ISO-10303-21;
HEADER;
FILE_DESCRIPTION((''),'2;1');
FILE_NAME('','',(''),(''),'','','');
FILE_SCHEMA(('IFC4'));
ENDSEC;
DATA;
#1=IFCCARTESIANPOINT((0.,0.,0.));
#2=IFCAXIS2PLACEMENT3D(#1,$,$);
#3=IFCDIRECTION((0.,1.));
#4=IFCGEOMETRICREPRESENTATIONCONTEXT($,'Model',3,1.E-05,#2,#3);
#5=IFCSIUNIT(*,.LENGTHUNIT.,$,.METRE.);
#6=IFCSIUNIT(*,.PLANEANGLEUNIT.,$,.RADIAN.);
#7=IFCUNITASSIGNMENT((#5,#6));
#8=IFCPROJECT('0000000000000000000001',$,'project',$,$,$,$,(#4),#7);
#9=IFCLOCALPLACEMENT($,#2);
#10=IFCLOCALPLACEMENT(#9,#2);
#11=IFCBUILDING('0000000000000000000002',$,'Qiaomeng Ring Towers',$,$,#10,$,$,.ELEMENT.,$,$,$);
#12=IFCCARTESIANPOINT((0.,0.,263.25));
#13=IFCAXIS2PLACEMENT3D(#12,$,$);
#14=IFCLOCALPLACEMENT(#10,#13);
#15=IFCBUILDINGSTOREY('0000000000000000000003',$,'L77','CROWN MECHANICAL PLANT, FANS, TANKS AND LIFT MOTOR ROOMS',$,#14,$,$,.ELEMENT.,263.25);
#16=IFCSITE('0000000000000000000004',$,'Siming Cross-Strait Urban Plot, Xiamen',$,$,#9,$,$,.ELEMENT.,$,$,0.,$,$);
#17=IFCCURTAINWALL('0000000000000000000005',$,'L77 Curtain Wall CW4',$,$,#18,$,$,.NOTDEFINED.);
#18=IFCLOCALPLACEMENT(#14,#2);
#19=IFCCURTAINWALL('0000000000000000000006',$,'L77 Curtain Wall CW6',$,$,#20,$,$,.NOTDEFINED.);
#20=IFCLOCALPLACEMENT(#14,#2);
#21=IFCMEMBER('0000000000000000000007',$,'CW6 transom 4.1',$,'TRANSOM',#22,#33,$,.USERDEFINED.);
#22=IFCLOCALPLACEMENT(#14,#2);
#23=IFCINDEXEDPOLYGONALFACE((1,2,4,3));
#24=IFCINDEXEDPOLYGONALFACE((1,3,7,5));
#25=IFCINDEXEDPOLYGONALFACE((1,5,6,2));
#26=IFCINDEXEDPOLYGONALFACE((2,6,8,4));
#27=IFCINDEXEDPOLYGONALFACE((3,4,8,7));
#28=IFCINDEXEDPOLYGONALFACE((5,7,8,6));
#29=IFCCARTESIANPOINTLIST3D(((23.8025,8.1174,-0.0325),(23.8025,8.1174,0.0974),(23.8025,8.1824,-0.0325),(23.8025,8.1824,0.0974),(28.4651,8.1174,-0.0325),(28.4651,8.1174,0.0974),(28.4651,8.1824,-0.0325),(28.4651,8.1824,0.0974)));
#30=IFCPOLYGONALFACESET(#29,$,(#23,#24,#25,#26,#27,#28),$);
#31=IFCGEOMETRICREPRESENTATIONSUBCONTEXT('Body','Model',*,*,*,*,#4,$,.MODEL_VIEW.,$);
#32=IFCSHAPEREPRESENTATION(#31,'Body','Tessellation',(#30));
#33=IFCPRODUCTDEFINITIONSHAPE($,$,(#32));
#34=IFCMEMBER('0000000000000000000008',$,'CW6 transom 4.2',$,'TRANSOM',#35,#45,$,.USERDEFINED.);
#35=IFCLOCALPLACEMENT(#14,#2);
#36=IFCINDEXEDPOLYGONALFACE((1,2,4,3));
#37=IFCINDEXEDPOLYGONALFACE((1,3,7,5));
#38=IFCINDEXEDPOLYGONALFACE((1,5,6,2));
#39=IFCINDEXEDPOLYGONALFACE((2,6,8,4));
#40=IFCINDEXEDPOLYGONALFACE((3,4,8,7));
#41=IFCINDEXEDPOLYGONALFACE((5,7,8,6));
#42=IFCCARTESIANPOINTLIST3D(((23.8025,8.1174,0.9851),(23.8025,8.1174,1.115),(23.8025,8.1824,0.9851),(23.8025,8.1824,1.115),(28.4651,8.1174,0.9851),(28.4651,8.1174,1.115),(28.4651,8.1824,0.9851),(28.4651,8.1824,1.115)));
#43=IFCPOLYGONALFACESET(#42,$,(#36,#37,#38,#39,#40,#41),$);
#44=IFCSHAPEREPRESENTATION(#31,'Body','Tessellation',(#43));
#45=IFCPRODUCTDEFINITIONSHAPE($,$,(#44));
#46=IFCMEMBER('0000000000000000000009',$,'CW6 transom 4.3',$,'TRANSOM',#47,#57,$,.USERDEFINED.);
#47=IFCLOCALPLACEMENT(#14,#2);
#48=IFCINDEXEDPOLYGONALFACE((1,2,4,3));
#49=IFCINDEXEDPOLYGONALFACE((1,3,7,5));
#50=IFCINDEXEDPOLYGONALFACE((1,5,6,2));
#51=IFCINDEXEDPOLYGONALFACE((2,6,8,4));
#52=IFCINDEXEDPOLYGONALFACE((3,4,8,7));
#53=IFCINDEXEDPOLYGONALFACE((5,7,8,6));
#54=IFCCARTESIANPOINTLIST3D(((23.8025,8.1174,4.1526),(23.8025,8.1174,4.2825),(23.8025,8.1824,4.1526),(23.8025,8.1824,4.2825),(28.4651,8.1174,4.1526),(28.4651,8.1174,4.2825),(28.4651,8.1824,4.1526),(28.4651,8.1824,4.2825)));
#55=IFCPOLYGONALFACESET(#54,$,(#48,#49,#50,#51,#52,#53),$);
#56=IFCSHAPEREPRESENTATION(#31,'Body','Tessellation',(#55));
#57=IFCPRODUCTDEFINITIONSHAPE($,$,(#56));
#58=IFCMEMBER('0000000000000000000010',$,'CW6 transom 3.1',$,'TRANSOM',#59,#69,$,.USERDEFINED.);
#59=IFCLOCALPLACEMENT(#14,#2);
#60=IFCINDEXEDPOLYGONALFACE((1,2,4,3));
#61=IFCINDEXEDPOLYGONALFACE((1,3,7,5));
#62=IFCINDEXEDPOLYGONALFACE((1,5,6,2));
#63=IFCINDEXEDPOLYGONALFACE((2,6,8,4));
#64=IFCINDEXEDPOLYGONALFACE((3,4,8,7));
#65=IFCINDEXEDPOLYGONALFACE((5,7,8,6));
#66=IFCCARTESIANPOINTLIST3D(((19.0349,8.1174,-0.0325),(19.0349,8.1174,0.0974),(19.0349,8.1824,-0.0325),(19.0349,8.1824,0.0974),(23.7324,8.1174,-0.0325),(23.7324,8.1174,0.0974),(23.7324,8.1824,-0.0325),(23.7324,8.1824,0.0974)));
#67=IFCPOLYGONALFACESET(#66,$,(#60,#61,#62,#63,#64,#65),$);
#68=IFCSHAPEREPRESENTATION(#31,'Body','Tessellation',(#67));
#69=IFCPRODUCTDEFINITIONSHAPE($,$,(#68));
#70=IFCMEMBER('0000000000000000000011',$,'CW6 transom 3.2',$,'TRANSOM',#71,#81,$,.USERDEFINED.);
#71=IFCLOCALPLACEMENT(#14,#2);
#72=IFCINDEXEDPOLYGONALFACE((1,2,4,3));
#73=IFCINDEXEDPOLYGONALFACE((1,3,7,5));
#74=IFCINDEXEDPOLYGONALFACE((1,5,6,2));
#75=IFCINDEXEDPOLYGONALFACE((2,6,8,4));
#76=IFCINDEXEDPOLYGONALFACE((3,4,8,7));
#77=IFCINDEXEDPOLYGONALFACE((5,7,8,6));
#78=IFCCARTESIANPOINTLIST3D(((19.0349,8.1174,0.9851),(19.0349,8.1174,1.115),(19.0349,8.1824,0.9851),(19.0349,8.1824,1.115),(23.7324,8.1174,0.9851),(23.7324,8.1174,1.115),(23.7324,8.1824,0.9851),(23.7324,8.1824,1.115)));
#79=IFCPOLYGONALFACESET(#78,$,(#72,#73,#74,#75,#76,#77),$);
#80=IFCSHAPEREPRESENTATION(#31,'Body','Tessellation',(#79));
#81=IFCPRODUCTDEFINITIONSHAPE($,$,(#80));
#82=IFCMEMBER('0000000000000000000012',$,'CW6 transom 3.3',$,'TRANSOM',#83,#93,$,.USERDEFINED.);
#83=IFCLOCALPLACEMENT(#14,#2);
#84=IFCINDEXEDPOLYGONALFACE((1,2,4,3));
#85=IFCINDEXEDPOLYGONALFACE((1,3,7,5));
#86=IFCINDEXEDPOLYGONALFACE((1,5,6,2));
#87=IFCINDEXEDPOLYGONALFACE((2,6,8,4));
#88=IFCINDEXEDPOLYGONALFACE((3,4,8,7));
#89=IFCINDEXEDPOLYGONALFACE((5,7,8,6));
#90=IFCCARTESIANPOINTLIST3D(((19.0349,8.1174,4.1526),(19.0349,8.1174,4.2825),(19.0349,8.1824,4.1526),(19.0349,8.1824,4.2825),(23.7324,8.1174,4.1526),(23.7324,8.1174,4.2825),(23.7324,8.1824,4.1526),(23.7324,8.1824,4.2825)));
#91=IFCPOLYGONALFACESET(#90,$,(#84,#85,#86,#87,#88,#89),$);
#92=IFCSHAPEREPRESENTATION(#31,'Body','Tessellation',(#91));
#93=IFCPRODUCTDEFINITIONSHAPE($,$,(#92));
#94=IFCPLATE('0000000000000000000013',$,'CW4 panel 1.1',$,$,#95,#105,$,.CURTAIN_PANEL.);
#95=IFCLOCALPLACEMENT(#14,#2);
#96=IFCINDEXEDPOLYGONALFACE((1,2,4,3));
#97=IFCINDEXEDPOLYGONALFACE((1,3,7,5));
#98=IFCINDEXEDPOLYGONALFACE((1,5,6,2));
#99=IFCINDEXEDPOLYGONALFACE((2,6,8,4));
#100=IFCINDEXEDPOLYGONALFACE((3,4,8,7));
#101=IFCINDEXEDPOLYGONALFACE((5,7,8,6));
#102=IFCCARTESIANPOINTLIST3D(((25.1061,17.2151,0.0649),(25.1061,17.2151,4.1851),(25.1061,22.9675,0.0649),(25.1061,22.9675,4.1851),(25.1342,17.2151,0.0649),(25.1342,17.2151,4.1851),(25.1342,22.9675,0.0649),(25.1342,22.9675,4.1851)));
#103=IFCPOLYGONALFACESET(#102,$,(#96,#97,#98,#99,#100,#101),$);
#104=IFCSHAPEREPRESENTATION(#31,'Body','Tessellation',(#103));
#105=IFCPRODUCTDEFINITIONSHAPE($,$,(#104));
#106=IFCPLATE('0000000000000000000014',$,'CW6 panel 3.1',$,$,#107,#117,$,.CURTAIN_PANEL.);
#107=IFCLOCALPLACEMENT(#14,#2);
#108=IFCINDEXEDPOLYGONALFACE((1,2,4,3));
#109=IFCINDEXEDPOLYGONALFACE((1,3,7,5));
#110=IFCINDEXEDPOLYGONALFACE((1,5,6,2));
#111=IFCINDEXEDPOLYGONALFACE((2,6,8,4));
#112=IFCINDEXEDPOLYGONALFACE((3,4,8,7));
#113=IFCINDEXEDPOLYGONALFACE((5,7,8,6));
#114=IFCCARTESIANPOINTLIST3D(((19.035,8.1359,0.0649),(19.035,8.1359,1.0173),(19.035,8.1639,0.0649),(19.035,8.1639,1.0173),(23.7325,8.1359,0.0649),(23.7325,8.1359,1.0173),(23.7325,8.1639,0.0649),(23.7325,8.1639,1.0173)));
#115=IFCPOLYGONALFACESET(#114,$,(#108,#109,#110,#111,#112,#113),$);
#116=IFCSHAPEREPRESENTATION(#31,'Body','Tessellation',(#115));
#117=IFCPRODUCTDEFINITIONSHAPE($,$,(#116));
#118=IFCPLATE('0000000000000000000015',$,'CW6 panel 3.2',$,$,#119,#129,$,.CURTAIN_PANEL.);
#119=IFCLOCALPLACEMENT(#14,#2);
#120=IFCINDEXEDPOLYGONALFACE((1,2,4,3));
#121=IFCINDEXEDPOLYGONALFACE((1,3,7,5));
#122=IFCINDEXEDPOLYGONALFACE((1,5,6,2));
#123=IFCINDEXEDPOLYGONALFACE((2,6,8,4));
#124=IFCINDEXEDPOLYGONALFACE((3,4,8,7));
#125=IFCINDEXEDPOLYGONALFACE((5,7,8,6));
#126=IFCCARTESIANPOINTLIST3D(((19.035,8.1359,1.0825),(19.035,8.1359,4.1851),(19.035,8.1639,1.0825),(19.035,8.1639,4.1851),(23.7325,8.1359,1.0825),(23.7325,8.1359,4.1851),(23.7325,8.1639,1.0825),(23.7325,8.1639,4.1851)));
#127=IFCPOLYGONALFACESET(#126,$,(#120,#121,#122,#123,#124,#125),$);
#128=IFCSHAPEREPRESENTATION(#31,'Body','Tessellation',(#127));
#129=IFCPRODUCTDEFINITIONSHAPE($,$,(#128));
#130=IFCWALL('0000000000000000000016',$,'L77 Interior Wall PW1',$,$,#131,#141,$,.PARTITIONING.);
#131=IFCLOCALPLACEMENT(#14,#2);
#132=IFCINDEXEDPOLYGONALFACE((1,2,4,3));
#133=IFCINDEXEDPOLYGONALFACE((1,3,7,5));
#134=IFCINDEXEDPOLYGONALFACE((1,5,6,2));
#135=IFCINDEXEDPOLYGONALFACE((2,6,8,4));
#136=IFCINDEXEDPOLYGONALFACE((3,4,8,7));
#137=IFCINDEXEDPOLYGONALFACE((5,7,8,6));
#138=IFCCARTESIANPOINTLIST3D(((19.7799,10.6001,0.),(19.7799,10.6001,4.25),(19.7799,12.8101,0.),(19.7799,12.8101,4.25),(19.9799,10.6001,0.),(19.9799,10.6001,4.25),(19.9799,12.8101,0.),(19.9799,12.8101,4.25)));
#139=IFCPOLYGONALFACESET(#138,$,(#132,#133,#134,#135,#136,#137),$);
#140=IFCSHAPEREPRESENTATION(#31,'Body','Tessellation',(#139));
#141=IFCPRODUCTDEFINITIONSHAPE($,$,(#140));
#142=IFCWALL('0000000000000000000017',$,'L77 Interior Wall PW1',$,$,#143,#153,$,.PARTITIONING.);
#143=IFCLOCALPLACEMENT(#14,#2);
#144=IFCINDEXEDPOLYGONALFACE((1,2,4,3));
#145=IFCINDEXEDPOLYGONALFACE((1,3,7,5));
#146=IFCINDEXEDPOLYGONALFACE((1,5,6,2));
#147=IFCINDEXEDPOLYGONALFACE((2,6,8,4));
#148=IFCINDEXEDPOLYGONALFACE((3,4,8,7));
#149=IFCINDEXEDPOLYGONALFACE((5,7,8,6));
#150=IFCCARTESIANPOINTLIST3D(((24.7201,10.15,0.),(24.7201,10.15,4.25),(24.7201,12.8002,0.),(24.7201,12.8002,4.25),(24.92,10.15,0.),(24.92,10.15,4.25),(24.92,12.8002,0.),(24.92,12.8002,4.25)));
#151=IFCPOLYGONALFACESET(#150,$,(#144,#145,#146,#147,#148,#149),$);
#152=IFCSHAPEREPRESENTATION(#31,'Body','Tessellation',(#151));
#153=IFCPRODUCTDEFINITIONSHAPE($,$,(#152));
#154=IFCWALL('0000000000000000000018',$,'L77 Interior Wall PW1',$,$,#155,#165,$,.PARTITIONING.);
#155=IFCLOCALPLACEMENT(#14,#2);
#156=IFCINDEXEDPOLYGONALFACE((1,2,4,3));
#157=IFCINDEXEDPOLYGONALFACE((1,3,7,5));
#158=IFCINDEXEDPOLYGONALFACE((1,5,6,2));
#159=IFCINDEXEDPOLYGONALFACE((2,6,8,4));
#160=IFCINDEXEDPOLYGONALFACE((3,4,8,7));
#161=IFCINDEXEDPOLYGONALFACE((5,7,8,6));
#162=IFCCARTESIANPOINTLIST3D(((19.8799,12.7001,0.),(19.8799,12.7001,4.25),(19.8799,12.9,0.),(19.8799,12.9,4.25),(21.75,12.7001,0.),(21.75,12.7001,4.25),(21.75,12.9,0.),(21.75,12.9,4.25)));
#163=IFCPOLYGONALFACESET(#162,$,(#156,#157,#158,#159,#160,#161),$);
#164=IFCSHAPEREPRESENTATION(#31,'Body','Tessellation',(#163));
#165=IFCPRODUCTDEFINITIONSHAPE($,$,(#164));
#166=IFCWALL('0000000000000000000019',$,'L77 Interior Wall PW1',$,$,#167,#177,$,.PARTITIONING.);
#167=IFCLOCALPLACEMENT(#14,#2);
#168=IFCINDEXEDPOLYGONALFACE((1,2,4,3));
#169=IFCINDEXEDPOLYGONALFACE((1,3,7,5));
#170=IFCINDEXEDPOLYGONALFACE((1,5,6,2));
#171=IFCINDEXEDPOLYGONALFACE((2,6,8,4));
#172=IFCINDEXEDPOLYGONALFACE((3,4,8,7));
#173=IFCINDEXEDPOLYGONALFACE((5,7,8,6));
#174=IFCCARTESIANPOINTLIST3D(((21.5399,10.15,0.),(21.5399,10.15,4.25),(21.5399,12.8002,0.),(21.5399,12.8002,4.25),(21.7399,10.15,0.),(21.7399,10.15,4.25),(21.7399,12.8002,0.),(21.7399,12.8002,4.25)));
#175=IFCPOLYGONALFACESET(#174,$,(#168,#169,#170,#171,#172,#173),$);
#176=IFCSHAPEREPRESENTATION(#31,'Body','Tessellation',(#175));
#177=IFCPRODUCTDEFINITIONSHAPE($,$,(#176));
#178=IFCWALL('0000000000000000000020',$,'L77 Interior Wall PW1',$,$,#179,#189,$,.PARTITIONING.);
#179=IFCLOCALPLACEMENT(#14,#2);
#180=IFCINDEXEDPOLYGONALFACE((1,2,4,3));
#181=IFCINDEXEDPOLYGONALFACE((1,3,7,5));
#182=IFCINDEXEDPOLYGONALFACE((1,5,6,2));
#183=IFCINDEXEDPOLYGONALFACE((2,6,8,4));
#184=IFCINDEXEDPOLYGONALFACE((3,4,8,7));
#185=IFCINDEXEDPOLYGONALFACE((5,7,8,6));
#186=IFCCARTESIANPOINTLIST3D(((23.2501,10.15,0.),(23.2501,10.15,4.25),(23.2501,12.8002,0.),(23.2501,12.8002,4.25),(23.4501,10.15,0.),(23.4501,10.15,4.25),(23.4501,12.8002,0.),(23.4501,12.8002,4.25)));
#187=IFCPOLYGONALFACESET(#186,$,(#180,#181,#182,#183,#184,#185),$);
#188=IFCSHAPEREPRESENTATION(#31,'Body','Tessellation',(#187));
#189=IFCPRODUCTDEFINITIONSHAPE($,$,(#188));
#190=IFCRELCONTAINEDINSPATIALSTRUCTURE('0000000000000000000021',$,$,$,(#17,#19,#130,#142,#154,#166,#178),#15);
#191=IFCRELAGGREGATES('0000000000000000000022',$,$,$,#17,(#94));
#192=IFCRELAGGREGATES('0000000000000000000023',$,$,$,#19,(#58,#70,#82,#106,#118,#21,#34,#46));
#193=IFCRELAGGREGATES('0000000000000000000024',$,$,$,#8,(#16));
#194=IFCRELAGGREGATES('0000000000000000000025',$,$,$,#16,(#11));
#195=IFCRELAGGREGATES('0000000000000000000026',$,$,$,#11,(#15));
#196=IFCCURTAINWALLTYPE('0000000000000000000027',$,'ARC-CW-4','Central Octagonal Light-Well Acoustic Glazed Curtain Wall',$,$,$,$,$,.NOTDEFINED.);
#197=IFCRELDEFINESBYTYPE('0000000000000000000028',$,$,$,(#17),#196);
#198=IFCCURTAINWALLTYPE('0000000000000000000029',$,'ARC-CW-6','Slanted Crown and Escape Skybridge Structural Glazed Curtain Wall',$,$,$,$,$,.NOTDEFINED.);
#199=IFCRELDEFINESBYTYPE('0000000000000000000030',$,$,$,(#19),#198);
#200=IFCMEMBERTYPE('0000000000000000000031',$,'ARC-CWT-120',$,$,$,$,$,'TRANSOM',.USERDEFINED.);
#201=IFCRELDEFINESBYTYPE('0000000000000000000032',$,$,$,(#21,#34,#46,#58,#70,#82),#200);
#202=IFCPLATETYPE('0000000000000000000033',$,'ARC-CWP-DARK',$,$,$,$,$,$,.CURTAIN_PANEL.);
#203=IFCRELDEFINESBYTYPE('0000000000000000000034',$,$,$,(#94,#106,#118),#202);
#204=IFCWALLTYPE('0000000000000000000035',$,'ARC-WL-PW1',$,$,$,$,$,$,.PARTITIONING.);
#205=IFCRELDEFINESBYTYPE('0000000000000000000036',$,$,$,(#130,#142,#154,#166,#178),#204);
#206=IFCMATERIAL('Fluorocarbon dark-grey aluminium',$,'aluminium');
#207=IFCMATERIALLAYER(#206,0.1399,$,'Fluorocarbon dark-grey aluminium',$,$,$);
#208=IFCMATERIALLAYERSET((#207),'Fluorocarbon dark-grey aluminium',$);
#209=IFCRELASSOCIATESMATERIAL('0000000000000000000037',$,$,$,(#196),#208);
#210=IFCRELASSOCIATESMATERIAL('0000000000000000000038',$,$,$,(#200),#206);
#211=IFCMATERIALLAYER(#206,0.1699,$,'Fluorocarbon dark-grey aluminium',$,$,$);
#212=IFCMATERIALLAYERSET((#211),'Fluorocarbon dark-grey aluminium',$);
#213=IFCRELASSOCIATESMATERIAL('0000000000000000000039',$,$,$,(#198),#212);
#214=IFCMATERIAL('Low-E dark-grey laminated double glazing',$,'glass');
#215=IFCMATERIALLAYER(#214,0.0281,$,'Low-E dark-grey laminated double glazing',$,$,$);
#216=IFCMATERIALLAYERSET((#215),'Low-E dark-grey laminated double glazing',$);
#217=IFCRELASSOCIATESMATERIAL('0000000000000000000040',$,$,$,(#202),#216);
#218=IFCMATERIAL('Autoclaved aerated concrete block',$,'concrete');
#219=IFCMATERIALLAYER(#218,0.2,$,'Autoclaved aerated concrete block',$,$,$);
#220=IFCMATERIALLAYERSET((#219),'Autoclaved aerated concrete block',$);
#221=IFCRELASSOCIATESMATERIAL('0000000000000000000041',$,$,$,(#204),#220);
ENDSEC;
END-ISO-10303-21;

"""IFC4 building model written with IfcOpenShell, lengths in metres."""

from ifc_helpers import new_model, si_unit, direction, frame, frame_2d, origin, origin_2d, place, context, subcontext, project, spatial, rectangle, extrude, source, transform, mapped, material, layer, layer_set, material_profile, profile_set, type_object, element, aggregate, save


model = new_model("IFC4")

# Units and contexts
model_context = context("Model", 3, precision=1e-05, world=origin(), true_north=direction((0.0, 1.0)))
body_context = subcontext(model_context, "Body", "Model", "MODEL_VIEW")
ifc_project = project(units=[si_unit("LENGTHUNIT", "METRE"), si_unit("PLANEANGLEUNIT", "RADIAN")], contexts=[model_context])

# Site, building, storey
site_placement = place(None, origin())
site = spatial("IfcSite", under=ifc_project, at=site_placement, Name="Siming Cross-Strait Urban Plot, Xiamen", CompositionType="ELEMENT", RefElevation=0.0)
building_placement = place(site_placement, origin())
building = spatial("IfcBuilding", under=site, at=building_placement, Name="Qiaomeng Ring Towers", CompositionType="ELEMENT")
storey_placement = place(building_placement, frame((0.0, 0.0, 263.25)))
storey = spatial("IfcBuildingStorey", under=building, at=storey_placement, Name="L77", Description="CROWN MECHANICAL PLANT, FANS, TANKS AND LIFT MOTOR ROOMS", CompositionType="ELEMENT", Elevation=263.25)

# Curtain walls, members
ifc_material_1 = material(Name="Fluorocarbon dark-grey aluminium", Category="aluminium")
ifc_layer_1 = layer(ifc_material_1, 0.1399, Name="Fluorocarbon dark-grey aluminium")
ifc_layer_set_1 = layer_set([ifc_layer_1], Name="Fluorocarbon dark-grey aluminium")
curtain_wall_type_1 = type_object("IfcCurtainWallType", Name="ARC-CW-4", Description="Central Octagonal Light-Well Acoustic Glazed Curtain Wall", PredefinedType="NOTDEFINED", material=ifc_layer_set_1)
curtain_wall_1_placement = place(storey_placement, origin())
curtain_wall_1 = element("IfcCurtainWall", 1, at=curtain_wall_1_placement, inside=storey, type_object=curtain_wall_type_1, Name="L77 Curtain Wall CW4", PredefinedType="NOTDEFINED")
ifc_material_profile_1 = material_profile(ifc_material_1, rectangle(XDim=0.0649, YDim=0.1299, at=origin_2d()), Name="ALU TRAN 65x130")
ifc_profile_set_1 = profile_set([ifc_material_profile_1], Name="Fluorocarbon dark-grey aluminium")
member_type_1 = type_object("IfcMemberType", Name="ARC-CWT-120", ElementType="TRANSOM", PredefinedType="USERDEFINED", material=ifc_profile_set_1)
ifc_layer_2 = layer(ifc_material_1, 0.1699, Name="Fluorocarbon dark-grey aluminium")
ifc_layer_set_2 = layer_set([ifc_layer_2], Name="Fluorocarbon dark-grey aluminium")
curtain_wall_type_2 = type_object("IfcCurtainWallType", Name="ARC-CW-6", Description="Slanted Crown and Escape Skybridge Structural Glazed Curtain Wall", PredefinedType="NOTDEFINED", material=ifc_layer_set_2)
curtain_wall_2_placement = place(storey_placement, origin())
curtain_wall_2 = element("IfcCurtainWall", 2, at=curtain_wall_2_placement, inside=storey, type_object=curtain_wall_type_2, Name="L77 Curtain Wall CW6", PredefinedType="NOTDEFINED")
shared_shape_1 = source(origin(), body_context, "Body", "SweptSolid", [
    extrude(rectangle(XDim=0.0649, YDim=0.1299, at=origin_2d()), origin(), (0.0, 0.0, 1.0), 4.6626),
])
member_1_placement = place(storey_placement, frame((23.8025, 8.1499, 0.0325), z_axis=(1.0, 0.0, 0.0), x_axis=(0.0, 1.0, 0.0)))
member_1 = element("IfcMember", 3, at=member_1_placement, type_object=member_type_1, Name="CW6 transom 4.1", ObjectType="TRANSOM", PredefinedType="USERDEFINED", context=body_context, shape_type="MappedRepresentation", body=[
    mapped(shared_shape_1, transform((0.0, 0.0, 0.0), x_axis=(1.0, 0.0, 0.0), y_axis=(0.0, 1.0, 0.0), z_axis=(0.0, 0.0, 1.0), scale=1.0)),
])
member_2_placement = place(storey_placement, frame((23.8025, 8.1499, 1.05), z_axis=(1.0, 0.0, 0.0), x_axis=(0.0, 1.0, 0.0)))
member_2 = element("IfcMember", 4, at=member_2_placement, type_object=member_type_1, Name="CW6 transom 4.2", ObjectType="TRANSOM", PredefinedType="USERDEFINED", context=body_context, shape_type="MappedRepresentation", body=[
    mapped(shared_shape_1, transform((0.0, 0.0, 0.0), x_axis=(1.0, 0.0, 0.0), y_axis=(0.0, 1.0, 0.0), z_axis=(0.0, 0.0, 1.0), scale=1.0)),
])
member_3_placement = place(storey_placement, frame((23.8025, 8.1499, 4.2175), z_axis=(1.0, 0.0, 0.0), x_axis=(0.0, 1.0, 0.0)))
member_3 = element("IfcMember", 5, at=member_3_placement, type_object=member_type_1, Name="CW6 transom 4.3", ObjectType="TRANSOM", PredefinedType="USERDEFINED", context=body_context, shape_type="MappedRepresentation", body=[
    mapped(shared_shape_1, transform((0.0, 0.0, 0.0), x_axis=(1.0, 0.0, 0.0), y_axis=(0.0, 1.0, 0.0), z_axis=(0.0, 0.0, 1.0), scale=1.0)),
])
shared_shape_2 = source(origin(), body_context, "Body", "SweptSolid", [
    extrude(rectangle(XDim=0.0649, YDim=0.1299, at=origin_2d()), origin(), (0.0, 0.0, 1.0), 4.6975),
])
member_4_placement = place(storey_placement, frame((19.0349, 8.1499, 0.0325), z_axis=(1.0, 0.0, 0.0), x_axis=(0.0, 1.0, 0.0)))
member_4 = element("IfcMember", 6, at=member_4_placement, type_object=member_type_1, Name="CW6 transom 3.1", ObjectType="TRANSOM", PredefinedType="USERDEFINED", context=body_context, shape_type="MappedRepresentation", body=[
    mapped(shared_shape_2, transform((0.0, 0.0, 0.0), x_axis=(1.0, 0.0, 0.0), y_axis=(0.0, 1.0, 0.0), z_axis=(0.0, 0.0, 1.0), scale=1.0)),
])
member_5_placement = place(storey_placement, frame((19.0349, 8.1499, 1.05), z_axis=(1.0, 0.0, 0.0), x_axis=(0.0, 1.0, 0.0)))
member_5 = element("IfcMember", 7, at=member_5_placement, type_object=member_type_1, Name="CW6 transom 3.2", ObjectType="TRANSOM", PredefinedType="USERDEFINED", context=body_context, shape_type="MappedRepresentation", body=[
    mapped(shared_shape_2, transform((0.0, 0.0, 0.0), x_axis=(1.0, 0.0, 0.0), y_axis=(0.0, 1.0, 0.0), z_axis=(0.0, 0.0, 1.0), scale=1.0)),
])
member_6_placement = place(storey_placement, frame((19.0349, 8.1499, 4.2175), z_axis=(1.0, 0.0, 0.0), x_axis=(0.0, 1.0, 0.0)))
member_6 = element("IfcMember", 8, at=member_6_placement, type_object=member_type_1, Name="CW6 transom 3.3", ObjectType="TRANSOM", PredefinedType="USERDEFINED", context=body_context, shape_type="MappedRepresentation", body=[
    mapped(shared_shape_2, transform((0.0, 0.0, 0.0), x_axis=(1.0, 0.0, 0.0), y_axis=(0.0, 1.0, 0.0), z_axis=(0.0, 0.0, 1.0), scale=1.0)),
])

# Plates
ifc_material_2 = material(Name="Low-E dark-grey laminated double glazing", Category="glass")
ifc_layer_3 = layer(ifc_material_2, 0.0281, Name="Low-E dark-grey laminated double glazing")
ifc_layer_set_3 = layer_set([ifc_layer_3], Name="Low-E dark-grey laminated double glazing")
plate_type = type_object("IfcPlateType", Name="ARC-CWP-DARK", PredefinedType="CURTAIN_PANEL", material=ifc_layer_set_3)
shared_shape_3 = source(origin(), body_context, "Body", "SweptSolid", [
    extrude(rectangle(XDim=5.7524, YDim=0.0281, at=origin_2d()), origin(), (0.0, 0.0, 1.0), 4.1201),
])
plate_1_placement = place(storey_placement, frame((25.1201, 20.0913, 0.0649), z_axis=(0.0, 0.0, 1.0), x_axis=(0.0, 1.0, 0.0)))
plate_1 = element("IfcPlate", 9, at=plate_1_placement, type_object=plate_type, Name="CW4 panel 1.1", PredefinedType="CURTAIN_PANEL", context=body_context, shape_type="MappedRepresentation", body=[
    mapped(shared_shape_3, transform((0.0, 0.0, 0.0), x_axis=(1.0, 0.0, 0.0), y_axis=(0.0, 1.0, 0.0), z_axis=(0.0, 0.0, 1.0), scale=1.0)),
])
aggregate(curtain_wall_1, [plate_1])
shared_shape_4 = source(origin(), body_context, "Body", "SweptSolid", [
    extrude(rectangle(XDim=4.6975, YDim=0.0281, at=origin_2d()), origin(), (0.0, 0.0, 1.0), 0.9524),
])
plate_2_placement = place(storey_placement, frame((21.3838, 8.1499, 0.0649), z_axis=(0.0, 0.0, 1.0), x_axis=(1.0, 0.0, 0.0)))
plate_2 = element("IfcPlate", 10, at=plate_2_placement, type_object=plate_type, Name="CW6 panel 3.1", PredefinedType="CURTAIN_PANEL", context=body_context, shape_type="MappedRepresentation", body=[
    mapped(shared_shape_4, transform((0.0, 0.0, 0.0), x_axis=(1.0, 0.0, 0.0), y_axis=(0.0, 1.0, 0.0), z_axis=(0.0, 0.0, 1.0), scale=1.0)),
])
shared_shape_5 = source(origin(), body_context, "Body", "SweptSolid", [
    extrude(rectangle(XDim=4.6975, YDim=0.0281, at=origin_2d()), origin(), (0.0, 0.0, 1.0), 3.1025),
])
plate_3_placement = place(storey_placement, frame((21.3838, 8.1499, 1.0825), z_axis=(0.0, 0.0, 1.0), x_axis=(1.0, 0.0, 0.0)))
plate_3 = element("IfcPlate", 11, at=plate_3_placement, type_object=plate_type, Name="CW6 panel 3.2", PredefinedType="CURTAIN_PANEL", context=body_context, shape_type="MappedRepresentation", body=[
    mapped(shared_shape_5, transform((0.0, 0.0, 0.0), x_axis=(1.0, 0.0, 0.0), y_axis=(0.0, 1.0, 0.0), z_axis=(0.0, 0.0, 1.0), scale=1.0)),
])
aggregate(curtain_wall_2, [member_4, member_5, member_6, plate_2, plate_3, member_1, member_2, member_3])

# Walls
ifc_material_3 = material(Name="Autoclaved aerated concrete block", Category="concrete")
ifc_layer_4 = layer(ifc_material_3, 0.2, Name="Autoclaved aerated concrete block")
ifc_layer_set_4 = layer_set([ifc_layer_4], Name="Autoclaved aerated concrete block")
wall_type_1 = type_object("IfcWallType", Name="ARC-WL-PW1", PredefinedType="PARTITIONING", material=ifc_layer_set_4)
wall_1_placement = place(storey_placement, frame((19.8799, 10.6001, 0.0), z_axis=(0.0, 0.0, 1.0), x_axis=(0.0, 1.0, 0.0)))
element("IfcWall", 12, at=wall_1_placement, inside=storey, type_object=wall_type_1, Name="L77 Interior Wall PW1", PredefinedType="PARTITIONING", context=body_context, shape_type="SweptSolid", body=[
    extrude(rectangle(XDim=2.21, YDim=0.2, at=frame_2d((1.105, 0.0))), origin(), (0.0, 0.0, 1.0), 4.25),
])
wall_2_placement = place(storey_placement, frame((24.8201, 10.1499, 0.0), z_axis=(0.0, 0.0, 1.0), x_axis=(0.0, 1.0, 0.0)))
element("IfcWall", 13, at=wall_2_placement, inside=storey, type_object=wall_type_1, Name="L77 Interior Wall PW1", PredefinedType="PARTITIONING", context=body_context, shape_type="SweptSolid", body=[
    extrude(rectangle(XDim=2.6501, YDim=0.2, at=frame_2d((1.3252, 0.0))), origin(), (0.0, 0.0, 1.0), 4.25),
])
wall_3_placement = place(storey_placement, frame((19.8799, 12.8, 0.0), z_axis=(0.0, 0.0, 1.0), x_axis=(1.0, 0.0, 0.0)))
element("IfcWall", 14, at=wall_3_placement, inside=storey, type_object=wall_type_1, Name="L77 Interior Wall PW1", PredefinedType="PARTITIONING", context=body_context, shape_type="SweptSolid", body=[
    extrude(rectangle(XDim=1.8701, YDim=0.2, at=frame_2d((0.9351, 0.0))), origin(), (0.0, 0.0, 1.0), 4.25),
])
for number, where, z_axis, x_axis, name in (
    (15, (21.6399, 10.1499, 0.0), (0.0, 0.0, 1.0), (0.0, 1.0, 0.0), "L77 Interior Wall PW1"),
    (16, (23.3501, 10.1499, 0.0), (0.0, 0.0, 1.0), (0.0, 1.0, 0.0), "L77 Interior Wall PW1"),
):
    element("IfcWall", number, at=place(storey_placement, frame(where, z_axis=z_axis, x_axis=x_axis)), inside=storey, type_object=wall_type_1, Name=name, PredefinedType="PARTITIONING", context=body_context, shape_type="SweptSolid", body=[
        extrude(rectangle(XDim=2.6501, YDim=0.2, at=frame_2d((1.3252, 0.0))), origin(), (0.0, 0.0, 1.0), 4.25),
    ])

save(model, "model.ifc")
